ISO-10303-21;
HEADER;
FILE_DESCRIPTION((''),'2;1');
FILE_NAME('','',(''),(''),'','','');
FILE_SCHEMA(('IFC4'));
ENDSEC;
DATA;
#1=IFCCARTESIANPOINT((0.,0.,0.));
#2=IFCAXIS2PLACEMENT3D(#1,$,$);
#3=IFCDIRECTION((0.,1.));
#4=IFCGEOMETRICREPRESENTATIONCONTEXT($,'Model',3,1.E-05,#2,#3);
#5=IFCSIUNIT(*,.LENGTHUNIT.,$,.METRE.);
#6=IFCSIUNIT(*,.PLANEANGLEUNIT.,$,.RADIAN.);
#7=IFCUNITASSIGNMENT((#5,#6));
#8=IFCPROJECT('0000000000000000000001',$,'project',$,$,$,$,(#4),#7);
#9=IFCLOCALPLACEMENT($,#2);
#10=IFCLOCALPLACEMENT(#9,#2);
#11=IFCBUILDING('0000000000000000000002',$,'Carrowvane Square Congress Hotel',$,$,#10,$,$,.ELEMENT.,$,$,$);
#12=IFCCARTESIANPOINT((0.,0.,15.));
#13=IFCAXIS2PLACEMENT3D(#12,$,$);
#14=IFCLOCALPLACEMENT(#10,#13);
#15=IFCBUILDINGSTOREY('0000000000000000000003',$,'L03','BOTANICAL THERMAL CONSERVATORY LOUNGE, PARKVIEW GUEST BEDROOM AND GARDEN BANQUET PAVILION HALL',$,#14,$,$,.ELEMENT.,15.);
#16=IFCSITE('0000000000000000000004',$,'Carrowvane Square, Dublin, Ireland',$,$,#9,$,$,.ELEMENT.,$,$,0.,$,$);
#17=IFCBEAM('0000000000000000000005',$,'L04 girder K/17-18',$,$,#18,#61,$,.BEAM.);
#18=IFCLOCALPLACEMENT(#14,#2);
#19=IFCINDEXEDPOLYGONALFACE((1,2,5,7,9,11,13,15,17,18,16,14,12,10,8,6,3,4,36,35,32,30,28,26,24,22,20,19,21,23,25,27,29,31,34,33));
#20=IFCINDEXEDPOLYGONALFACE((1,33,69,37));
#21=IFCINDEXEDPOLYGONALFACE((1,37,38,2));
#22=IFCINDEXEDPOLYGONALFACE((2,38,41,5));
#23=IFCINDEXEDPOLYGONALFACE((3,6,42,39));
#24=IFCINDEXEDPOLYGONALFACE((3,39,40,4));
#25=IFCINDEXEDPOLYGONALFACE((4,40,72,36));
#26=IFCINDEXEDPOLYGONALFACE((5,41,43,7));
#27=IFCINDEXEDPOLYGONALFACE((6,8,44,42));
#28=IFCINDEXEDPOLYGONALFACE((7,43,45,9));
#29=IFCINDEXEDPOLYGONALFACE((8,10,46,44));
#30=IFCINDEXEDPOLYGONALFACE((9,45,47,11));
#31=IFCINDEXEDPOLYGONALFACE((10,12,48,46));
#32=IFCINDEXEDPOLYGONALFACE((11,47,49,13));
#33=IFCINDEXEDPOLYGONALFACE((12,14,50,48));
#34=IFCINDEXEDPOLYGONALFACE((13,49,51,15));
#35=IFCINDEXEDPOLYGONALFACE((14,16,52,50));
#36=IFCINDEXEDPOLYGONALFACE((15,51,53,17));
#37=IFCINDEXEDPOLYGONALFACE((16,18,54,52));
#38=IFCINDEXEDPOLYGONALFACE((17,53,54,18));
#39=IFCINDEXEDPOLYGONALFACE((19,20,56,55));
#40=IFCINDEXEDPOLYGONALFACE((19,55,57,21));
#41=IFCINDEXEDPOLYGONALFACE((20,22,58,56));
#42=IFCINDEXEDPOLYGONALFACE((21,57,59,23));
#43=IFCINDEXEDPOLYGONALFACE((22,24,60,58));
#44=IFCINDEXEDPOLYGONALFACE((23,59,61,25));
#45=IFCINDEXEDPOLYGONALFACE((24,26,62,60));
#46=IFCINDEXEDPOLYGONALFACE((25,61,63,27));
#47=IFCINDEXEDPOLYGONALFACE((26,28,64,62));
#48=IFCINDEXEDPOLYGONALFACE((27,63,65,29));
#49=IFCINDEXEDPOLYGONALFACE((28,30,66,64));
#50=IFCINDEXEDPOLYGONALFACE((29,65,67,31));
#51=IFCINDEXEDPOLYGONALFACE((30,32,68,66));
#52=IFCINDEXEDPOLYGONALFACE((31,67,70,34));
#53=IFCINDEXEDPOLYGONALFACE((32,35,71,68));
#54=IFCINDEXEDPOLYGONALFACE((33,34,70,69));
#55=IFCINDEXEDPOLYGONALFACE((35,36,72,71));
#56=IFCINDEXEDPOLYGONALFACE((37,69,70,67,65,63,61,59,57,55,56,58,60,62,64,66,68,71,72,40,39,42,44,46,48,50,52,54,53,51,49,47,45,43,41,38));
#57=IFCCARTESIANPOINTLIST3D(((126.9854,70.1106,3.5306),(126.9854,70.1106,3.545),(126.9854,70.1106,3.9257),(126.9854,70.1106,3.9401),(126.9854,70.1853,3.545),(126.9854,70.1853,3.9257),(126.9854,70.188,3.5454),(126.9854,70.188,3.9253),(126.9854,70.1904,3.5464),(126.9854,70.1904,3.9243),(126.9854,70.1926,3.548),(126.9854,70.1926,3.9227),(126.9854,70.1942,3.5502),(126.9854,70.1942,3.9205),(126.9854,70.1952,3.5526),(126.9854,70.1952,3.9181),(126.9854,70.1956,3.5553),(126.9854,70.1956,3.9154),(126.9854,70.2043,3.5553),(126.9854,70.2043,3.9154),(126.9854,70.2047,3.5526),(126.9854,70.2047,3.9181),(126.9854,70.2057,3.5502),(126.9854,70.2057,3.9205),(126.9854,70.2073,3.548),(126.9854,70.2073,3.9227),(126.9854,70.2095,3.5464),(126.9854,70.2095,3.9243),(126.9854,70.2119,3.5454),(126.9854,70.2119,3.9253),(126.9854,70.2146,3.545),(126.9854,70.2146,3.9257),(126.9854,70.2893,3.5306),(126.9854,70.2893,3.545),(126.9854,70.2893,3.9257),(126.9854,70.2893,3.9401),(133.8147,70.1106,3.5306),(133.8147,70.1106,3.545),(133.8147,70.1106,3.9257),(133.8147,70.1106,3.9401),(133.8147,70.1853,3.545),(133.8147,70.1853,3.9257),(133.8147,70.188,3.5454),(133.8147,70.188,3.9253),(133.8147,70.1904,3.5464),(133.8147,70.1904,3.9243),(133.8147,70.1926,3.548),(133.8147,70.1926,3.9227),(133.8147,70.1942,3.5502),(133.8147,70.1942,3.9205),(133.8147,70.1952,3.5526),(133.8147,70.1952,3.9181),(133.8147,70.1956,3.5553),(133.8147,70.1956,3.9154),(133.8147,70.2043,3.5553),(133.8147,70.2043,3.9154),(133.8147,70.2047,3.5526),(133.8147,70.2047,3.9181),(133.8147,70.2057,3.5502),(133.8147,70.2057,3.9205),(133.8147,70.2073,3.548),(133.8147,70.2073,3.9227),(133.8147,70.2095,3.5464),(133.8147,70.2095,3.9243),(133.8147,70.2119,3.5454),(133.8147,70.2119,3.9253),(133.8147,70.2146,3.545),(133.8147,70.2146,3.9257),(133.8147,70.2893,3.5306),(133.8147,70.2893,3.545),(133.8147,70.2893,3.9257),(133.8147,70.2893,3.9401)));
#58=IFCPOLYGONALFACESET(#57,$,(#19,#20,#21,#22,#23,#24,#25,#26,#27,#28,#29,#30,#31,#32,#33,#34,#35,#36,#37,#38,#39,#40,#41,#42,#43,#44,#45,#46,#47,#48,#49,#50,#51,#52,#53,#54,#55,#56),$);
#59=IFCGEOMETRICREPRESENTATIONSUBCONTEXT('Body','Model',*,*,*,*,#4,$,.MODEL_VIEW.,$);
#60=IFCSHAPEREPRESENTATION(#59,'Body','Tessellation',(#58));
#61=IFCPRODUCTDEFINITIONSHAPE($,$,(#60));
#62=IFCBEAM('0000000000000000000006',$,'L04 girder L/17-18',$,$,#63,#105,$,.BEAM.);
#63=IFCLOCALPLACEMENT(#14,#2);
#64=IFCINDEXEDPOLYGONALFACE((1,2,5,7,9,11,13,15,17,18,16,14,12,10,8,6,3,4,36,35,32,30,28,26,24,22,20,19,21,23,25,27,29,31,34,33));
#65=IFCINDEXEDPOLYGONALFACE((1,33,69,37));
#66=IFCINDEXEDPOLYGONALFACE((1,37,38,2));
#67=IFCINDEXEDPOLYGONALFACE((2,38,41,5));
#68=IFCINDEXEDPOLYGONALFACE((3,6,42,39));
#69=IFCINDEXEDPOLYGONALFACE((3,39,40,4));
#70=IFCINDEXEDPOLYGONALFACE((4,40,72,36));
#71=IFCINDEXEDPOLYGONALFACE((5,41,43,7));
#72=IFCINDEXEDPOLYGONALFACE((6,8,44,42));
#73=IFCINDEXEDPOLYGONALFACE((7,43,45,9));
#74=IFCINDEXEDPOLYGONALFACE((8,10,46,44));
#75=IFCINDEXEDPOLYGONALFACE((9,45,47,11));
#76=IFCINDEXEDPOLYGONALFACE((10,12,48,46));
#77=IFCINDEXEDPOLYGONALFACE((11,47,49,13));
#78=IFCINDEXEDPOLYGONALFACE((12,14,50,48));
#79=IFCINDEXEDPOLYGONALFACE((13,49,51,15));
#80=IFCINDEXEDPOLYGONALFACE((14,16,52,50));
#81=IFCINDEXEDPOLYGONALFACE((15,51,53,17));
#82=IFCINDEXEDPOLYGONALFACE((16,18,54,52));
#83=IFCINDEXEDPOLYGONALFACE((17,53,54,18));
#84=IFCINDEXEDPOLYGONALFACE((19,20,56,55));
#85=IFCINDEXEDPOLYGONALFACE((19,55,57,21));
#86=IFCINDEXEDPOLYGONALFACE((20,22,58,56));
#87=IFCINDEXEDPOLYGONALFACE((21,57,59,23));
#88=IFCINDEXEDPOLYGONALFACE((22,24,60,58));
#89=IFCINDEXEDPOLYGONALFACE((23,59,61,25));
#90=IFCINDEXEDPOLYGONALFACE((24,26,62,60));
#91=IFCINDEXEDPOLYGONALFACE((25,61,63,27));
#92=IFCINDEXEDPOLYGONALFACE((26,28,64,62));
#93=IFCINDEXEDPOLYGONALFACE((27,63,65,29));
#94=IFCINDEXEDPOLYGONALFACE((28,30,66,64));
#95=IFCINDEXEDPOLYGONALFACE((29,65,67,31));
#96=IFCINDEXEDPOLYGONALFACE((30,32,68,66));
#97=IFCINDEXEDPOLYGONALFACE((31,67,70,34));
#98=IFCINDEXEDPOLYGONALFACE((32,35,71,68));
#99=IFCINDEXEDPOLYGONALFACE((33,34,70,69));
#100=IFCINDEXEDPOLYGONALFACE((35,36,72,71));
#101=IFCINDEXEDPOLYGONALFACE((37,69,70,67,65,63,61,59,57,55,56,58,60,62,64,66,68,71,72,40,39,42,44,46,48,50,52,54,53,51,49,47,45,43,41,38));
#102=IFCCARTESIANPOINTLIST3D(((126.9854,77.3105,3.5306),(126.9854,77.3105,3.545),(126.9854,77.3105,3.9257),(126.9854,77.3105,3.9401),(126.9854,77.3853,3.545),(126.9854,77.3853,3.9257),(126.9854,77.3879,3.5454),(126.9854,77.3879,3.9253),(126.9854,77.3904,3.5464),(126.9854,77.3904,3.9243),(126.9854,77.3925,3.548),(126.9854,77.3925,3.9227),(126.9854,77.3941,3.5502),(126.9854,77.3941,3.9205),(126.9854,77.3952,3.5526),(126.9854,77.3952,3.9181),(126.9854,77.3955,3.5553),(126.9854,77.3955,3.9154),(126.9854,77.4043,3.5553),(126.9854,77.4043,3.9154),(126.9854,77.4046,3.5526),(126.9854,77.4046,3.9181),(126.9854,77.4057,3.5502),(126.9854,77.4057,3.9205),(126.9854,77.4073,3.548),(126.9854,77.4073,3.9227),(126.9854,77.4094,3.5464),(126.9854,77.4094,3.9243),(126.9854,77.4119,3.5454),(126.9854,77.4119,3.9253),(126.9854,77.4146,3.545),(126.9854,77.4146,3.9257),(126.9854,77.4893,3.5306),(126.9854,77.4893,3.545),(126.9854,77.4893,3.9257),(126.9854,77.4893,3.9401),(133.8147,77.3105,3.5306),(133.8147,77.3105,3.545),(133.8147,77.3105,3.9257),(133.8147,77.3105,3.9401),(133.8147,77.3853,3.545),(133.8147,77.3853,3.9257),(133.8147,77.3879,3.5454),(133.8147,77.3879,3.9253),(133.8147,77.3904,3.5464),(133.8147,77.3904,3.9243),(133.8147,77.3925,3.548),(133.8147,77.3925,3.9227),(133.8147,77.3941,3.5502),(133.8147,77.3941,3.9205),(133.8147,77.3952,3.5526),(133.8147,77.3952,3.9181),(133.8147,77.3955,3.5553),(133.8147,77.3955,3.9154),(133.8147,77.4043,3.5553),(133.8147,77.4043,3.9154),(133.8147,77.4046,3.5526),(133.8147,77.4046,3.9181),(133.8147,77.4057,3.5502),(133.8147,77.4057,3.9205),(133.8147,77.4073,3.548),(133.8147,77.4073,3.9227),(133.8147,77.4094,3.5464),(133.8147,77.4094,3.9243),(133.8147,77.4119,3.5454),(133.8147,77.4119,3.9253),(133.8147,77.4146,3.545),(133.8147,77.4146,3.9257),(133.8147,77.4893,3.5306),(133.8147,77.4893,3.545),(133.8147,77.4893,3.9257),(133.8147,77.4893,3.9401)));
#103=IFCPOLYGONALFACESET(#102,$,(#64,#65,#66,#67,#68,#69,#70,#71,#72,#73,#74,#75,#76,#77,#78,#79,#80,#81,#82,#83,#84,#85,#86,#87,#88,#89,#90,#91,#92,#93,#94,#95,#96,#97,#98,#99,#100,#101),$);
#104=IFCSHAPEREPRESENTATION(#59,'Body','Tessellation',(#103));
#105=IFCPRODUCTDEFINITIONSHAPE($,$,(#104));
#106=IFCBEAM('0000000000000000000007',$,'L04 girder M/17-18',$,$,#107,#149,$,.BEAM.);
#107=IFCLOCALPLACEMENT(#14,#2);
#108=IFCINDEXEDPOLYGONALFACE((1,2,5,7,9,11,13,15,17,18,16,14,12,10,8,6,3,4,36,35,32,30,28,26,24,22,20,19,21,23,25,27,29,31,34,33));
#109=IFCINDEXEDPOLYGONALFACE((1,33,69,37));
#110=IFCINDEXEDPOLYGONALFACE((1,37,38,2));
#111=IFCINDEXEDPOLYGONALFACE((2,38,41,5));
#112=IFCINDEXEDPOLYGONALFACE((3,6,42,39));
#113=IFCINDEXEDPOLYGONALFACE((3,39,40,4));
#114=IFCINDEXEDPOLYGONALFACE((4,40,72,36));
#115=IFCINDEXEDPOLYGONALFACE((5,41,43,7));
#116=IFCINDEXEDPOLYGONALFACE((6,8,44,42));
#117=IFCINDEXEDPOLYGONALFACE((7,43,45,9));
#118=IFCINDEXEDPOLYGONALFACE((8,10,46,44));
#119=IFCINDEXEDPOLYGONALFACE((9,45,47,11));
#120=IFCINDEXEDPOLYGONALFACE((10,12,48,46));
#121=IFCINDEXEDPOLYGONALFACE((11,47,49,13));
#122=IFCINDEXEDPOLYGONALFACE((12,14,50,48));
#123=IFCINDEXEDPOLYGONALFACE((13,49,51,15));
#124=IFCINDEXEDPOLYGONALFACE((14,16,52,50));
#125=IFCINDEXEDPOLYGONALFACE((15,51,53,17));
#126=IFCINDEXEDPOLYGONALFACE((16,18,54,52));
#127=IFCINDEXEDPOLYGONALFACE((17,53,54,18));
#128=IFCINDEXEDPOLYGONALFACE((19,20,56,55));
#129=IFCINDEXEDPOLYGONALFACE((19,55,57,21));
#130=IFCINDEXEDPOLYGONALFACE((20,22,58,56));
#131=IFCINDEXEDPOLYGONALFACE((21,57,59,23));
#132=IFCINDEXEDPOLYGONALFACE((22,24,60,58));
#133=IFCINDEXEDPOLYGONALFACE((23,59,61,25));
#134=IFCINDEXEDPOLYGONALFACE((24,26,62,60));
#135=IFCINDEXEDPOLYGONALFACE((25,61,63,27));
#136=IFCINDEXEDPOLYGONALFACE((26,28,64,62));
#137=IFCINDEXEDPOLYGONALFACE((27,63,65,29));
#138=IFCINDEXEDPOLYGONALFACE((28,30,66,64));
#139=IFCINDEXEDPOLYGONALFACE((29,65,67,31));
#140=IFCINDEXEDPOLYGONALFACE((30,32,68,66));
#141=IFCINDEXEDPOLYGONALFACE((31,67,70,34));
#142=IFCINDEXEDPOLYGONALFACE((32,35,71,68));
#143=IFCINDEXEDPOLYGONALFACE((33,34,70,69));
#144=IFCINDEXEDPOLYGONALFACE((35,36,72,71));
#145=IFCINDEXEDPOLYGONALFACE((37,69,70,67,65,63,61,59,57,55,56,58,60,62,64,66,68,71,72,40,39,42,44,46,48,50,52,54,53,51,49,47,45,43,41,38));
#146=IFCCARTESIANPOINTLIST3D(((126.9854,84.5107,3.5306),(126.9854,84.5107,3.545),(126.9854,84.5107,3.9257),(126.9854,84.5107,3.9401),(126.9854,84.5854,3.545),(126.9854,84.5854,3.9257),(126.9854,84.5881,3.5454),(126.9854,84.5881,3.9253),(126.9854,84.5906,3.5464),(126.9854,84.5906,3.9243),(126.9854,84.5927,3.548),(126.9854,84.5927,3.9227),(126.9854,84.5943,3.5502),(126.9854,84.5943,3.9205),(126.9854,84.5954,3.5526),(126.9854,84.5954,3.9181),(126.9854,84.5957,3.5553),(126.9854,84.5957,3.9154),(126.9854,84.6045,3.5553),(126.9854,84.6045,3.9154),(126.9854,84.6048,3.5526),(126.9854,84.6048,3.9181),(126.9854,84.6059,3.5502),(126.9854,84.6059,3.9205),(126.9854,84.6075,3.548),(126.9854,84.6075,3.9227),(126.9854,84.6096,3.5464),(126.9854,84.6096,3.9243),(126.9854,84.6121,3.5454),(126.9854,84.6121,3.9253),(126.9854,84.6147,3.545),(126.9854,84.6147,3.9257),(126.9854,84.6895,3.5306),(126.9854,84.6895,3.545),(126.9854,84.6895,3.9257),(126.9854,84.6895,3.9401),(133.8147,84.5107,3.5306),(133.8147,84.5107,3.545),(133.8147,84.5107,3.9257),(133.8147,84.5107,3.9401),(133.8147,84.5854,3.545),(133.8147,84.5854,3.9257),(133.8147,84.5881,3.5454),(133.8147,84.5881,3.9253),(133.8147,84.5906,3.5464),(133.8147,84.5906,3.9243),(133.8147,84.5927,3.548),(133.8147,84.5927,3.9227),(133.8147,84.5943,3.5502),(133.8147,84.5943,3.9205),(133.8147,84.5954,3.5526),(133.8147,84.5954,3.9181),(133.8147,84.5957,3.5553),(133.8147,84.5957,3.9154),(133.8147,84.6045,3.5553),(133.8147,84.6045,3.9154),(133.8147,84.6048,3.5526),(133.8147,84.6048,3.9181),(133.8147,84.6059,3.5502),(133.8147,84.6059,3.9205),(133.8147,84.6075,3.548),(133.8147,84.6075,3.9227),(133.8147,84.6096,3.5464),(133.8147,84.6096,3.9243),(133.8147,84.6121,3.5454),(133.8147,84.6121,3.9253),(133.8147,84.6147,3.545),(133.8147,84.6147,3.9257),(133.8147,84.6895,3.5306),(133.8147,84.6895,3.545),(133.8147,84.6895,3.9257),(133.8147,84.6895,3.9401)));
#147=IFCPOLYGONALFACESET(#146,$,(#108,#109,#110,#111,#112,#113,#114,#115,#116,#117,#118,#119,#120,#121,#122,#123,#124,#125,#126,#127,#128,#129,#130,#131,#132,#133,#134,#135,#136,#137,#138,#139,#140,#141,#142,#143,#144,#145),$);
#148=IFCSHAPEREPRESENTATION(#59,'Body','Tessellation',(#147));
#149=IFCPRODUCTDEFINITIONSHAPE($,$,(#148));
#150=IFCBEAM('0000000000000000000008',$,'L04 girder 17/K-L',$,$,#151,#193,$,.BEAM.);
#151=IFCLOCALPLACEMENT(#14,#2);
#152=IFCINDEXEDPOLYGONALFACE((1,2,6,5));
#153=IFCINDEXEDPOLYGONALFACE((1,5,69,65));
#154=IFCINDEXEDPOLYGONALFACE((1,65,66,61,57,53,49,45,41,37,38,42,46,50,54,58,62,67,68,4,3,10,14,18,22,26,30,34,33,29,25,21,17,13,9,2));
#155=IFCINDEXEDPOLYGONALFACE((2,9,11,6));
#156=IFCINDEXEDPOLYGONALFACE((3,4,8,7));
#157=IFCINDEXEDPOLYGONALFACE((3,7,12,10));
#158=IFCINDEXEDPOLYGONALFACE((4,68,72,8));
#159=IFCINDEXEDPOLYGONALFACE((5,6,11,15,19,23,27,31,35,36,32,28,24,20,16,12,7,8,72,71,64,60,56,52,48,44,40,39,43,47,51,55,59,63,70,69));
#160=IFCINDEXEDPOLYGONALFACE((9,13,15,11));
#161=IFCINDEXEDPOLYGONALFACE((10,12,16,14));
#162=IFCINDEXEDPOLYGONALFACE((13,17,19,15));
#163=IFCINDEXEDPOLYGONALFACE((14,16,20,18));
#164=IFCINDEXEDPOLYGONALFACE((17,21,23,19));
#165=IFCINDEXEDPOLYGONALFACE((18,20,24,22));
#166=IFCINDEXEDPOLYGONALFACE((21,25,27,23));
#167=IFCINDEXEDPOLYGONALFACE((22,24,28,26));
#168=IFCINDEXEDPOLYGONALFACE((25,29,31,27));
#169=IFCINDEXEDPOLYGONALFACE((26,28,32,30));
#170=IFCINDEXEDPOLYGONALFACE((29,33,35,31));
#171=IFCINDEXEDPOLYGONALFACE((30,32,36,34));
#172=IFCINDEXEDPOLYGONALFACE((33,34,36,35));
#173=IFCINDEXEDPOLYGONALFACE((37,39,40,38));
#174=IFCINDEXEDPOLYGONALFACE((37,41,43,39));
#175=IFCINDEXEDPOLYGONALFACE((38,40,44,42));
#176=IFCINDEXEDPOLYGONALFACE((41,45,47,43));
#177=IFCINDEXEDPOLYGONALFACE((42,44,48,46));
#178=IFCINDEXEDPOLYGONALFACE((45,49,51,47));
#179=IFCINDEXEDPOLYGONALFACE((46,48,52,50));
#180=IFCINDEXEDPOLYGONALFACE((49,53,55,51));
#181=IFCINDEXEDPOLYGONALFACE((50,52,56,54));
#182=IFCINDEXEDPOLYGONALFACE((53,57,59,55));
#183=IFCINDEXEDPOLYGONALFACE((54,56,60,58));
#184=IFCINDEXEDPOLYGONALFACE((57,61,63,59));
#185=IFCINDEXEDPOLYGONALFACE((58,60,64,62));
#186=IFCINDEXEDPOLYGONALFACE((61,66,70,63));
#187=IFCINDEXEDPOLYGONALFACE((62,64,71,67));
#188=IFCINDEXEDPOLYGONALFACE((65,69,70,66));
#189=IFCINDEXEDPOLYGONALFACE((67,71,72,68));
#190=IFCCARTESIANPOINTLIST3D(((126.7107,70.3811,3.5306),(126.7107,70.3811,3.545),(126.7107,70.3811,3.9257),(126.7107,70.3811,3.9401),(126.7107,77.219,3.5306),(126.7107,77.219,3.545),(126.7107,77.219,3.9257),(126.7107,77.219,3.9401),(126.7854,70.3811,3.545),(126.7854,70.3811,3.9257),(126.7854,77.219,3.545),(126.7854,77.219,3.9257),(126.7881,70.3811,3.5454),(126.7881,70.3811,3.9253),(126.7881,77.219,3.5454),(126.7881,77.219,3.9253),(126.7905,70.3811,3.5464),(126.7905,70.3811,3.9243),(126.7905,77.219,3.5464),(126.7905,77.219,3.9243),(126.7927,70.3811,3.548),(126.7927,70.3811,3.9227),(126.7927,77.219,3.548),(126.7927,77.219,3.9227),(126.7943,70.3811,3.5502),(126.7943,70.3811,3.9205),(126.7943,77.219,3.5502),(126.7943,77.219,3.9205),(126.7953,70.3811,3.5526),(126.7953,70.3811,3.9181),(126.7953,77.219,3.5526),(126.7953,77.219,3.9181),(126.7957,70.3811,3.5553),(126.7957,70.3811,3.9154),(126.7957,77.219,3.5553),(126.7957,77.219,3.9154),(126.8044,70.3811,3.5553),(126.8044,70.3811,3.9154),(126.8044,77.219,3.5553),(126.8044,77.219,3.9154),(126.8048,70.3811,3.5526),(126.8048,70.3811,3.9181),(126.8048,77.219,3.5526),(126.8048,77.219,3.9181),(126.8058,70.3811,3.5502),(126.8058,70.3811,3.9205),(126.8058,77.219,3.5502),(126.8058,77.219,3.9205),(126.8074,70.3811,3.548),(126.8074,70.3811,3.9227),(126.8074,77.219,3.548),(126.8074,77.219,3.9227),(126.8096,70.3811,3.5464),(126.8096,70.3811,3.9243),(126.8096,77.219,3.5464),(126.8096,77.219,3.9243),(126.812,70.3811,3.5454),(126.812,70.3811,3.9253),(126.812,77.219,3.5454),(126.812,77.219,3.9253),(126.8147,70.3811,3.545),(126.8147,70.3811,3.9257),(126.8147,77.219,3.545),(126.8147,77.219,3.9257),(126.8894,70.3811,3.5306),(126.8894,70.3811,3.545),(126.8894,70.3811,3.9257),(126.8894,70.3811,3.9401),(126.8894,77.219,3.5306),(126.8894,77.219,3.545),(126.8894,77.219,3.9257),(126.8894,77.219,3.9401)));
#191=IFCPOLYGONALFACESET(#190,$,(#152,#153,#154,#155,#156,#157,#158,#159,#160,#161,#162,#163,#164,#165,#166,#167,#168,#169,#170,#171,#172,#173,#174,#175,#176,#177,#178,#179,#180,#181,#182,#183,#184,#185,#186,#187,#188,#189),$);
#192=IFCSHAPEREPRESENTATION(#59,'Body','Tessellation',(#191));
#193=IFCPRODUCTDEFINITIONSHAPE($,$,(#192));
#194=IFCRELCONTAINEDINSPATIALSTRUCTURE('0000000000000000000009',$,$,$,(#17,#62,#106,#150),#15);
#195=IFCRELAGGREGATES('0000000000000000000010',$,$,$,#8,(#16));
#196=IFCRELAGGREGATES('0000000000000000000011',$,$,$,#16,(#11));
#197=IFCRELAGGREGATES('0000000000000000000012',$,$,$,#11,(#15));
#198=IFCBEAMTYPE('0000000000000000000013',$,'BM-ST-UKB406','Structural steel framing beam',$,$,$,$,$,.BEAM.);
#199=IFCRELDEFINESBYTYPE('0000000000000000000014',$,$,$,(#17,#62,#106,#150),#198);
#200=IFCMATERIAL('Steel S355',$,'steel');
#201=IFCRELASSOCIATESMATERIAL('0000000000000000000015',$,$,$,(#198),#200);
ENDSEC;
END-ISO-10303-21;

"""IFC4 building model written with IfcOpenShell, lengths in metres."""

from ifc_helpers import new_model, si_unit, direction, frame, origin, origin_2d, place, context, subcontext, project, spatial, i_section, extrude, material, material_profile, profile_set, type_object, element, save


model = new_model("IFC4")

# Units and contexts
model_context = context("Model", 3, precision=1e-05, world=origin(), true_north=direction((0.0, 1.0)))
body_context = subcontext(model_context, "Body", "Model", "MODEL_VIEW")
ifc_project = project(units=[si_unit("LENGTHUNIT", "METRE"), si_unit("PLANEANGLEUNIT", "RADIAN")], contexts=[model_context])

# Site, building, storey
site_placement = place(None, origin())
site = spatial("IfcSite", under=ifc_project, at=site_placement, Name="Carrowvane Square, Dublin, Ireland", CompositionType="ELEMENT", RefElevation=0.0)
building_placement = place(site_placement, origin())
building = spatial("IfcBuilding", under=site, at=building_placement, Name="Carrowvane Square Congress Hotel", CompositionType="ELEMENT")
storey_placement = place(building_placement, frame((0.0, 0.0, 15.0)))
storey = spatial("IfcBuildingStorey", under=building, at=storey_placement, Name="L03", Description="BOTANICAL THERMAL CONSERVATORY LOUNGE, PARKVIEW GUEST BEDROOM AND GARDEN BANQUET PAVILION HALL", CompositionType="ELEMENT", Elevation=15.0)

# Beams
ifc_material_1 = material(Name="Steel S355", Category="steel")
ifc_material_profile_1 = material_profile(ifc_material_1, i_section(OverallWidth=0.1787, OverallDepth=0.4094, WebThickness=0.0088, FlangeThickness=0.0144, FilletRadius=0.0103, at=origin_2d()), Name="UKB 406x178x67")
ifc_profile_set_1 = profile_set([ifc_material_profile_1], Name="Steel S355")
beam_type_1 = type_object("IfcBeamType", Name="BM-ST-UKB406", Description="Structural steel framing beam", PredefinedType="BEAM", material=ifc_profile_set_1)
for number, where, z_axis, x_axis, name in (
    (1, (126.9854, 70.2, 3.7354), (1.0, 0.0, 0.0), (0.0, 1.0, 0.0), "L04 girder K/17-18"),
    (2, (126.9854, 77.3999, 3.7354), (1.0, 0.0, 0.0), (0.0, 1.0, 0.0), "L04 girder L/17-18"),
    (3, (126.9854, 84.6001, 3.7354), (1.0, 0.0, 0.0), (0.0, 1.0, 0.0), "L04 girder M/17-18"),
):
    element("IfcBeam", number, at=place(storey_placement, frame(where, z_axis=z_axis, x_axis=x_axis)), inside=storey, type_object=beam_type_1, Name=name, PredefinedType="BEAM", context=body_context, shape_type="SweptSolid", body=[
        extrude(i_section(OverallWidth=0.1787, OverallDepth=0.4094, WebThickness=0.0088, FlangeThickness=0.0144, FilletRadius=0.0103, at=origin_2d()), origin(), (0.0, 0.0, 1.0), 6.8293),
    ])
for number, where, z_axis, x_axis, name in (
    (4, (126.8, 70.3811, 3.7354), (0.0, 1.0, 0.0), (-1.0, 0.0, 0.0), "L04 girder 17/K-L"),
):
    element("IfcBeam", number, at=place(storey_placement, frame(where, z_axis=z_axis, x_axis=x_axis)), inside=storey, type_object=beam_type_1, Name=name, PredefinedType="BEAM", context=body_context, shape_type="SweptSolid", body=[
        extrude(i_section(OverallWidth=0.1787, OverallDepth=0.4094, WebThickness=0.0088, FlangeThickness=0.0144, FilletRadius=0.0103, at=origin_2d()), origin(), (0.0, 0.0, 1.0), 6.8379),
    ])

save(model, "model.ifc")
